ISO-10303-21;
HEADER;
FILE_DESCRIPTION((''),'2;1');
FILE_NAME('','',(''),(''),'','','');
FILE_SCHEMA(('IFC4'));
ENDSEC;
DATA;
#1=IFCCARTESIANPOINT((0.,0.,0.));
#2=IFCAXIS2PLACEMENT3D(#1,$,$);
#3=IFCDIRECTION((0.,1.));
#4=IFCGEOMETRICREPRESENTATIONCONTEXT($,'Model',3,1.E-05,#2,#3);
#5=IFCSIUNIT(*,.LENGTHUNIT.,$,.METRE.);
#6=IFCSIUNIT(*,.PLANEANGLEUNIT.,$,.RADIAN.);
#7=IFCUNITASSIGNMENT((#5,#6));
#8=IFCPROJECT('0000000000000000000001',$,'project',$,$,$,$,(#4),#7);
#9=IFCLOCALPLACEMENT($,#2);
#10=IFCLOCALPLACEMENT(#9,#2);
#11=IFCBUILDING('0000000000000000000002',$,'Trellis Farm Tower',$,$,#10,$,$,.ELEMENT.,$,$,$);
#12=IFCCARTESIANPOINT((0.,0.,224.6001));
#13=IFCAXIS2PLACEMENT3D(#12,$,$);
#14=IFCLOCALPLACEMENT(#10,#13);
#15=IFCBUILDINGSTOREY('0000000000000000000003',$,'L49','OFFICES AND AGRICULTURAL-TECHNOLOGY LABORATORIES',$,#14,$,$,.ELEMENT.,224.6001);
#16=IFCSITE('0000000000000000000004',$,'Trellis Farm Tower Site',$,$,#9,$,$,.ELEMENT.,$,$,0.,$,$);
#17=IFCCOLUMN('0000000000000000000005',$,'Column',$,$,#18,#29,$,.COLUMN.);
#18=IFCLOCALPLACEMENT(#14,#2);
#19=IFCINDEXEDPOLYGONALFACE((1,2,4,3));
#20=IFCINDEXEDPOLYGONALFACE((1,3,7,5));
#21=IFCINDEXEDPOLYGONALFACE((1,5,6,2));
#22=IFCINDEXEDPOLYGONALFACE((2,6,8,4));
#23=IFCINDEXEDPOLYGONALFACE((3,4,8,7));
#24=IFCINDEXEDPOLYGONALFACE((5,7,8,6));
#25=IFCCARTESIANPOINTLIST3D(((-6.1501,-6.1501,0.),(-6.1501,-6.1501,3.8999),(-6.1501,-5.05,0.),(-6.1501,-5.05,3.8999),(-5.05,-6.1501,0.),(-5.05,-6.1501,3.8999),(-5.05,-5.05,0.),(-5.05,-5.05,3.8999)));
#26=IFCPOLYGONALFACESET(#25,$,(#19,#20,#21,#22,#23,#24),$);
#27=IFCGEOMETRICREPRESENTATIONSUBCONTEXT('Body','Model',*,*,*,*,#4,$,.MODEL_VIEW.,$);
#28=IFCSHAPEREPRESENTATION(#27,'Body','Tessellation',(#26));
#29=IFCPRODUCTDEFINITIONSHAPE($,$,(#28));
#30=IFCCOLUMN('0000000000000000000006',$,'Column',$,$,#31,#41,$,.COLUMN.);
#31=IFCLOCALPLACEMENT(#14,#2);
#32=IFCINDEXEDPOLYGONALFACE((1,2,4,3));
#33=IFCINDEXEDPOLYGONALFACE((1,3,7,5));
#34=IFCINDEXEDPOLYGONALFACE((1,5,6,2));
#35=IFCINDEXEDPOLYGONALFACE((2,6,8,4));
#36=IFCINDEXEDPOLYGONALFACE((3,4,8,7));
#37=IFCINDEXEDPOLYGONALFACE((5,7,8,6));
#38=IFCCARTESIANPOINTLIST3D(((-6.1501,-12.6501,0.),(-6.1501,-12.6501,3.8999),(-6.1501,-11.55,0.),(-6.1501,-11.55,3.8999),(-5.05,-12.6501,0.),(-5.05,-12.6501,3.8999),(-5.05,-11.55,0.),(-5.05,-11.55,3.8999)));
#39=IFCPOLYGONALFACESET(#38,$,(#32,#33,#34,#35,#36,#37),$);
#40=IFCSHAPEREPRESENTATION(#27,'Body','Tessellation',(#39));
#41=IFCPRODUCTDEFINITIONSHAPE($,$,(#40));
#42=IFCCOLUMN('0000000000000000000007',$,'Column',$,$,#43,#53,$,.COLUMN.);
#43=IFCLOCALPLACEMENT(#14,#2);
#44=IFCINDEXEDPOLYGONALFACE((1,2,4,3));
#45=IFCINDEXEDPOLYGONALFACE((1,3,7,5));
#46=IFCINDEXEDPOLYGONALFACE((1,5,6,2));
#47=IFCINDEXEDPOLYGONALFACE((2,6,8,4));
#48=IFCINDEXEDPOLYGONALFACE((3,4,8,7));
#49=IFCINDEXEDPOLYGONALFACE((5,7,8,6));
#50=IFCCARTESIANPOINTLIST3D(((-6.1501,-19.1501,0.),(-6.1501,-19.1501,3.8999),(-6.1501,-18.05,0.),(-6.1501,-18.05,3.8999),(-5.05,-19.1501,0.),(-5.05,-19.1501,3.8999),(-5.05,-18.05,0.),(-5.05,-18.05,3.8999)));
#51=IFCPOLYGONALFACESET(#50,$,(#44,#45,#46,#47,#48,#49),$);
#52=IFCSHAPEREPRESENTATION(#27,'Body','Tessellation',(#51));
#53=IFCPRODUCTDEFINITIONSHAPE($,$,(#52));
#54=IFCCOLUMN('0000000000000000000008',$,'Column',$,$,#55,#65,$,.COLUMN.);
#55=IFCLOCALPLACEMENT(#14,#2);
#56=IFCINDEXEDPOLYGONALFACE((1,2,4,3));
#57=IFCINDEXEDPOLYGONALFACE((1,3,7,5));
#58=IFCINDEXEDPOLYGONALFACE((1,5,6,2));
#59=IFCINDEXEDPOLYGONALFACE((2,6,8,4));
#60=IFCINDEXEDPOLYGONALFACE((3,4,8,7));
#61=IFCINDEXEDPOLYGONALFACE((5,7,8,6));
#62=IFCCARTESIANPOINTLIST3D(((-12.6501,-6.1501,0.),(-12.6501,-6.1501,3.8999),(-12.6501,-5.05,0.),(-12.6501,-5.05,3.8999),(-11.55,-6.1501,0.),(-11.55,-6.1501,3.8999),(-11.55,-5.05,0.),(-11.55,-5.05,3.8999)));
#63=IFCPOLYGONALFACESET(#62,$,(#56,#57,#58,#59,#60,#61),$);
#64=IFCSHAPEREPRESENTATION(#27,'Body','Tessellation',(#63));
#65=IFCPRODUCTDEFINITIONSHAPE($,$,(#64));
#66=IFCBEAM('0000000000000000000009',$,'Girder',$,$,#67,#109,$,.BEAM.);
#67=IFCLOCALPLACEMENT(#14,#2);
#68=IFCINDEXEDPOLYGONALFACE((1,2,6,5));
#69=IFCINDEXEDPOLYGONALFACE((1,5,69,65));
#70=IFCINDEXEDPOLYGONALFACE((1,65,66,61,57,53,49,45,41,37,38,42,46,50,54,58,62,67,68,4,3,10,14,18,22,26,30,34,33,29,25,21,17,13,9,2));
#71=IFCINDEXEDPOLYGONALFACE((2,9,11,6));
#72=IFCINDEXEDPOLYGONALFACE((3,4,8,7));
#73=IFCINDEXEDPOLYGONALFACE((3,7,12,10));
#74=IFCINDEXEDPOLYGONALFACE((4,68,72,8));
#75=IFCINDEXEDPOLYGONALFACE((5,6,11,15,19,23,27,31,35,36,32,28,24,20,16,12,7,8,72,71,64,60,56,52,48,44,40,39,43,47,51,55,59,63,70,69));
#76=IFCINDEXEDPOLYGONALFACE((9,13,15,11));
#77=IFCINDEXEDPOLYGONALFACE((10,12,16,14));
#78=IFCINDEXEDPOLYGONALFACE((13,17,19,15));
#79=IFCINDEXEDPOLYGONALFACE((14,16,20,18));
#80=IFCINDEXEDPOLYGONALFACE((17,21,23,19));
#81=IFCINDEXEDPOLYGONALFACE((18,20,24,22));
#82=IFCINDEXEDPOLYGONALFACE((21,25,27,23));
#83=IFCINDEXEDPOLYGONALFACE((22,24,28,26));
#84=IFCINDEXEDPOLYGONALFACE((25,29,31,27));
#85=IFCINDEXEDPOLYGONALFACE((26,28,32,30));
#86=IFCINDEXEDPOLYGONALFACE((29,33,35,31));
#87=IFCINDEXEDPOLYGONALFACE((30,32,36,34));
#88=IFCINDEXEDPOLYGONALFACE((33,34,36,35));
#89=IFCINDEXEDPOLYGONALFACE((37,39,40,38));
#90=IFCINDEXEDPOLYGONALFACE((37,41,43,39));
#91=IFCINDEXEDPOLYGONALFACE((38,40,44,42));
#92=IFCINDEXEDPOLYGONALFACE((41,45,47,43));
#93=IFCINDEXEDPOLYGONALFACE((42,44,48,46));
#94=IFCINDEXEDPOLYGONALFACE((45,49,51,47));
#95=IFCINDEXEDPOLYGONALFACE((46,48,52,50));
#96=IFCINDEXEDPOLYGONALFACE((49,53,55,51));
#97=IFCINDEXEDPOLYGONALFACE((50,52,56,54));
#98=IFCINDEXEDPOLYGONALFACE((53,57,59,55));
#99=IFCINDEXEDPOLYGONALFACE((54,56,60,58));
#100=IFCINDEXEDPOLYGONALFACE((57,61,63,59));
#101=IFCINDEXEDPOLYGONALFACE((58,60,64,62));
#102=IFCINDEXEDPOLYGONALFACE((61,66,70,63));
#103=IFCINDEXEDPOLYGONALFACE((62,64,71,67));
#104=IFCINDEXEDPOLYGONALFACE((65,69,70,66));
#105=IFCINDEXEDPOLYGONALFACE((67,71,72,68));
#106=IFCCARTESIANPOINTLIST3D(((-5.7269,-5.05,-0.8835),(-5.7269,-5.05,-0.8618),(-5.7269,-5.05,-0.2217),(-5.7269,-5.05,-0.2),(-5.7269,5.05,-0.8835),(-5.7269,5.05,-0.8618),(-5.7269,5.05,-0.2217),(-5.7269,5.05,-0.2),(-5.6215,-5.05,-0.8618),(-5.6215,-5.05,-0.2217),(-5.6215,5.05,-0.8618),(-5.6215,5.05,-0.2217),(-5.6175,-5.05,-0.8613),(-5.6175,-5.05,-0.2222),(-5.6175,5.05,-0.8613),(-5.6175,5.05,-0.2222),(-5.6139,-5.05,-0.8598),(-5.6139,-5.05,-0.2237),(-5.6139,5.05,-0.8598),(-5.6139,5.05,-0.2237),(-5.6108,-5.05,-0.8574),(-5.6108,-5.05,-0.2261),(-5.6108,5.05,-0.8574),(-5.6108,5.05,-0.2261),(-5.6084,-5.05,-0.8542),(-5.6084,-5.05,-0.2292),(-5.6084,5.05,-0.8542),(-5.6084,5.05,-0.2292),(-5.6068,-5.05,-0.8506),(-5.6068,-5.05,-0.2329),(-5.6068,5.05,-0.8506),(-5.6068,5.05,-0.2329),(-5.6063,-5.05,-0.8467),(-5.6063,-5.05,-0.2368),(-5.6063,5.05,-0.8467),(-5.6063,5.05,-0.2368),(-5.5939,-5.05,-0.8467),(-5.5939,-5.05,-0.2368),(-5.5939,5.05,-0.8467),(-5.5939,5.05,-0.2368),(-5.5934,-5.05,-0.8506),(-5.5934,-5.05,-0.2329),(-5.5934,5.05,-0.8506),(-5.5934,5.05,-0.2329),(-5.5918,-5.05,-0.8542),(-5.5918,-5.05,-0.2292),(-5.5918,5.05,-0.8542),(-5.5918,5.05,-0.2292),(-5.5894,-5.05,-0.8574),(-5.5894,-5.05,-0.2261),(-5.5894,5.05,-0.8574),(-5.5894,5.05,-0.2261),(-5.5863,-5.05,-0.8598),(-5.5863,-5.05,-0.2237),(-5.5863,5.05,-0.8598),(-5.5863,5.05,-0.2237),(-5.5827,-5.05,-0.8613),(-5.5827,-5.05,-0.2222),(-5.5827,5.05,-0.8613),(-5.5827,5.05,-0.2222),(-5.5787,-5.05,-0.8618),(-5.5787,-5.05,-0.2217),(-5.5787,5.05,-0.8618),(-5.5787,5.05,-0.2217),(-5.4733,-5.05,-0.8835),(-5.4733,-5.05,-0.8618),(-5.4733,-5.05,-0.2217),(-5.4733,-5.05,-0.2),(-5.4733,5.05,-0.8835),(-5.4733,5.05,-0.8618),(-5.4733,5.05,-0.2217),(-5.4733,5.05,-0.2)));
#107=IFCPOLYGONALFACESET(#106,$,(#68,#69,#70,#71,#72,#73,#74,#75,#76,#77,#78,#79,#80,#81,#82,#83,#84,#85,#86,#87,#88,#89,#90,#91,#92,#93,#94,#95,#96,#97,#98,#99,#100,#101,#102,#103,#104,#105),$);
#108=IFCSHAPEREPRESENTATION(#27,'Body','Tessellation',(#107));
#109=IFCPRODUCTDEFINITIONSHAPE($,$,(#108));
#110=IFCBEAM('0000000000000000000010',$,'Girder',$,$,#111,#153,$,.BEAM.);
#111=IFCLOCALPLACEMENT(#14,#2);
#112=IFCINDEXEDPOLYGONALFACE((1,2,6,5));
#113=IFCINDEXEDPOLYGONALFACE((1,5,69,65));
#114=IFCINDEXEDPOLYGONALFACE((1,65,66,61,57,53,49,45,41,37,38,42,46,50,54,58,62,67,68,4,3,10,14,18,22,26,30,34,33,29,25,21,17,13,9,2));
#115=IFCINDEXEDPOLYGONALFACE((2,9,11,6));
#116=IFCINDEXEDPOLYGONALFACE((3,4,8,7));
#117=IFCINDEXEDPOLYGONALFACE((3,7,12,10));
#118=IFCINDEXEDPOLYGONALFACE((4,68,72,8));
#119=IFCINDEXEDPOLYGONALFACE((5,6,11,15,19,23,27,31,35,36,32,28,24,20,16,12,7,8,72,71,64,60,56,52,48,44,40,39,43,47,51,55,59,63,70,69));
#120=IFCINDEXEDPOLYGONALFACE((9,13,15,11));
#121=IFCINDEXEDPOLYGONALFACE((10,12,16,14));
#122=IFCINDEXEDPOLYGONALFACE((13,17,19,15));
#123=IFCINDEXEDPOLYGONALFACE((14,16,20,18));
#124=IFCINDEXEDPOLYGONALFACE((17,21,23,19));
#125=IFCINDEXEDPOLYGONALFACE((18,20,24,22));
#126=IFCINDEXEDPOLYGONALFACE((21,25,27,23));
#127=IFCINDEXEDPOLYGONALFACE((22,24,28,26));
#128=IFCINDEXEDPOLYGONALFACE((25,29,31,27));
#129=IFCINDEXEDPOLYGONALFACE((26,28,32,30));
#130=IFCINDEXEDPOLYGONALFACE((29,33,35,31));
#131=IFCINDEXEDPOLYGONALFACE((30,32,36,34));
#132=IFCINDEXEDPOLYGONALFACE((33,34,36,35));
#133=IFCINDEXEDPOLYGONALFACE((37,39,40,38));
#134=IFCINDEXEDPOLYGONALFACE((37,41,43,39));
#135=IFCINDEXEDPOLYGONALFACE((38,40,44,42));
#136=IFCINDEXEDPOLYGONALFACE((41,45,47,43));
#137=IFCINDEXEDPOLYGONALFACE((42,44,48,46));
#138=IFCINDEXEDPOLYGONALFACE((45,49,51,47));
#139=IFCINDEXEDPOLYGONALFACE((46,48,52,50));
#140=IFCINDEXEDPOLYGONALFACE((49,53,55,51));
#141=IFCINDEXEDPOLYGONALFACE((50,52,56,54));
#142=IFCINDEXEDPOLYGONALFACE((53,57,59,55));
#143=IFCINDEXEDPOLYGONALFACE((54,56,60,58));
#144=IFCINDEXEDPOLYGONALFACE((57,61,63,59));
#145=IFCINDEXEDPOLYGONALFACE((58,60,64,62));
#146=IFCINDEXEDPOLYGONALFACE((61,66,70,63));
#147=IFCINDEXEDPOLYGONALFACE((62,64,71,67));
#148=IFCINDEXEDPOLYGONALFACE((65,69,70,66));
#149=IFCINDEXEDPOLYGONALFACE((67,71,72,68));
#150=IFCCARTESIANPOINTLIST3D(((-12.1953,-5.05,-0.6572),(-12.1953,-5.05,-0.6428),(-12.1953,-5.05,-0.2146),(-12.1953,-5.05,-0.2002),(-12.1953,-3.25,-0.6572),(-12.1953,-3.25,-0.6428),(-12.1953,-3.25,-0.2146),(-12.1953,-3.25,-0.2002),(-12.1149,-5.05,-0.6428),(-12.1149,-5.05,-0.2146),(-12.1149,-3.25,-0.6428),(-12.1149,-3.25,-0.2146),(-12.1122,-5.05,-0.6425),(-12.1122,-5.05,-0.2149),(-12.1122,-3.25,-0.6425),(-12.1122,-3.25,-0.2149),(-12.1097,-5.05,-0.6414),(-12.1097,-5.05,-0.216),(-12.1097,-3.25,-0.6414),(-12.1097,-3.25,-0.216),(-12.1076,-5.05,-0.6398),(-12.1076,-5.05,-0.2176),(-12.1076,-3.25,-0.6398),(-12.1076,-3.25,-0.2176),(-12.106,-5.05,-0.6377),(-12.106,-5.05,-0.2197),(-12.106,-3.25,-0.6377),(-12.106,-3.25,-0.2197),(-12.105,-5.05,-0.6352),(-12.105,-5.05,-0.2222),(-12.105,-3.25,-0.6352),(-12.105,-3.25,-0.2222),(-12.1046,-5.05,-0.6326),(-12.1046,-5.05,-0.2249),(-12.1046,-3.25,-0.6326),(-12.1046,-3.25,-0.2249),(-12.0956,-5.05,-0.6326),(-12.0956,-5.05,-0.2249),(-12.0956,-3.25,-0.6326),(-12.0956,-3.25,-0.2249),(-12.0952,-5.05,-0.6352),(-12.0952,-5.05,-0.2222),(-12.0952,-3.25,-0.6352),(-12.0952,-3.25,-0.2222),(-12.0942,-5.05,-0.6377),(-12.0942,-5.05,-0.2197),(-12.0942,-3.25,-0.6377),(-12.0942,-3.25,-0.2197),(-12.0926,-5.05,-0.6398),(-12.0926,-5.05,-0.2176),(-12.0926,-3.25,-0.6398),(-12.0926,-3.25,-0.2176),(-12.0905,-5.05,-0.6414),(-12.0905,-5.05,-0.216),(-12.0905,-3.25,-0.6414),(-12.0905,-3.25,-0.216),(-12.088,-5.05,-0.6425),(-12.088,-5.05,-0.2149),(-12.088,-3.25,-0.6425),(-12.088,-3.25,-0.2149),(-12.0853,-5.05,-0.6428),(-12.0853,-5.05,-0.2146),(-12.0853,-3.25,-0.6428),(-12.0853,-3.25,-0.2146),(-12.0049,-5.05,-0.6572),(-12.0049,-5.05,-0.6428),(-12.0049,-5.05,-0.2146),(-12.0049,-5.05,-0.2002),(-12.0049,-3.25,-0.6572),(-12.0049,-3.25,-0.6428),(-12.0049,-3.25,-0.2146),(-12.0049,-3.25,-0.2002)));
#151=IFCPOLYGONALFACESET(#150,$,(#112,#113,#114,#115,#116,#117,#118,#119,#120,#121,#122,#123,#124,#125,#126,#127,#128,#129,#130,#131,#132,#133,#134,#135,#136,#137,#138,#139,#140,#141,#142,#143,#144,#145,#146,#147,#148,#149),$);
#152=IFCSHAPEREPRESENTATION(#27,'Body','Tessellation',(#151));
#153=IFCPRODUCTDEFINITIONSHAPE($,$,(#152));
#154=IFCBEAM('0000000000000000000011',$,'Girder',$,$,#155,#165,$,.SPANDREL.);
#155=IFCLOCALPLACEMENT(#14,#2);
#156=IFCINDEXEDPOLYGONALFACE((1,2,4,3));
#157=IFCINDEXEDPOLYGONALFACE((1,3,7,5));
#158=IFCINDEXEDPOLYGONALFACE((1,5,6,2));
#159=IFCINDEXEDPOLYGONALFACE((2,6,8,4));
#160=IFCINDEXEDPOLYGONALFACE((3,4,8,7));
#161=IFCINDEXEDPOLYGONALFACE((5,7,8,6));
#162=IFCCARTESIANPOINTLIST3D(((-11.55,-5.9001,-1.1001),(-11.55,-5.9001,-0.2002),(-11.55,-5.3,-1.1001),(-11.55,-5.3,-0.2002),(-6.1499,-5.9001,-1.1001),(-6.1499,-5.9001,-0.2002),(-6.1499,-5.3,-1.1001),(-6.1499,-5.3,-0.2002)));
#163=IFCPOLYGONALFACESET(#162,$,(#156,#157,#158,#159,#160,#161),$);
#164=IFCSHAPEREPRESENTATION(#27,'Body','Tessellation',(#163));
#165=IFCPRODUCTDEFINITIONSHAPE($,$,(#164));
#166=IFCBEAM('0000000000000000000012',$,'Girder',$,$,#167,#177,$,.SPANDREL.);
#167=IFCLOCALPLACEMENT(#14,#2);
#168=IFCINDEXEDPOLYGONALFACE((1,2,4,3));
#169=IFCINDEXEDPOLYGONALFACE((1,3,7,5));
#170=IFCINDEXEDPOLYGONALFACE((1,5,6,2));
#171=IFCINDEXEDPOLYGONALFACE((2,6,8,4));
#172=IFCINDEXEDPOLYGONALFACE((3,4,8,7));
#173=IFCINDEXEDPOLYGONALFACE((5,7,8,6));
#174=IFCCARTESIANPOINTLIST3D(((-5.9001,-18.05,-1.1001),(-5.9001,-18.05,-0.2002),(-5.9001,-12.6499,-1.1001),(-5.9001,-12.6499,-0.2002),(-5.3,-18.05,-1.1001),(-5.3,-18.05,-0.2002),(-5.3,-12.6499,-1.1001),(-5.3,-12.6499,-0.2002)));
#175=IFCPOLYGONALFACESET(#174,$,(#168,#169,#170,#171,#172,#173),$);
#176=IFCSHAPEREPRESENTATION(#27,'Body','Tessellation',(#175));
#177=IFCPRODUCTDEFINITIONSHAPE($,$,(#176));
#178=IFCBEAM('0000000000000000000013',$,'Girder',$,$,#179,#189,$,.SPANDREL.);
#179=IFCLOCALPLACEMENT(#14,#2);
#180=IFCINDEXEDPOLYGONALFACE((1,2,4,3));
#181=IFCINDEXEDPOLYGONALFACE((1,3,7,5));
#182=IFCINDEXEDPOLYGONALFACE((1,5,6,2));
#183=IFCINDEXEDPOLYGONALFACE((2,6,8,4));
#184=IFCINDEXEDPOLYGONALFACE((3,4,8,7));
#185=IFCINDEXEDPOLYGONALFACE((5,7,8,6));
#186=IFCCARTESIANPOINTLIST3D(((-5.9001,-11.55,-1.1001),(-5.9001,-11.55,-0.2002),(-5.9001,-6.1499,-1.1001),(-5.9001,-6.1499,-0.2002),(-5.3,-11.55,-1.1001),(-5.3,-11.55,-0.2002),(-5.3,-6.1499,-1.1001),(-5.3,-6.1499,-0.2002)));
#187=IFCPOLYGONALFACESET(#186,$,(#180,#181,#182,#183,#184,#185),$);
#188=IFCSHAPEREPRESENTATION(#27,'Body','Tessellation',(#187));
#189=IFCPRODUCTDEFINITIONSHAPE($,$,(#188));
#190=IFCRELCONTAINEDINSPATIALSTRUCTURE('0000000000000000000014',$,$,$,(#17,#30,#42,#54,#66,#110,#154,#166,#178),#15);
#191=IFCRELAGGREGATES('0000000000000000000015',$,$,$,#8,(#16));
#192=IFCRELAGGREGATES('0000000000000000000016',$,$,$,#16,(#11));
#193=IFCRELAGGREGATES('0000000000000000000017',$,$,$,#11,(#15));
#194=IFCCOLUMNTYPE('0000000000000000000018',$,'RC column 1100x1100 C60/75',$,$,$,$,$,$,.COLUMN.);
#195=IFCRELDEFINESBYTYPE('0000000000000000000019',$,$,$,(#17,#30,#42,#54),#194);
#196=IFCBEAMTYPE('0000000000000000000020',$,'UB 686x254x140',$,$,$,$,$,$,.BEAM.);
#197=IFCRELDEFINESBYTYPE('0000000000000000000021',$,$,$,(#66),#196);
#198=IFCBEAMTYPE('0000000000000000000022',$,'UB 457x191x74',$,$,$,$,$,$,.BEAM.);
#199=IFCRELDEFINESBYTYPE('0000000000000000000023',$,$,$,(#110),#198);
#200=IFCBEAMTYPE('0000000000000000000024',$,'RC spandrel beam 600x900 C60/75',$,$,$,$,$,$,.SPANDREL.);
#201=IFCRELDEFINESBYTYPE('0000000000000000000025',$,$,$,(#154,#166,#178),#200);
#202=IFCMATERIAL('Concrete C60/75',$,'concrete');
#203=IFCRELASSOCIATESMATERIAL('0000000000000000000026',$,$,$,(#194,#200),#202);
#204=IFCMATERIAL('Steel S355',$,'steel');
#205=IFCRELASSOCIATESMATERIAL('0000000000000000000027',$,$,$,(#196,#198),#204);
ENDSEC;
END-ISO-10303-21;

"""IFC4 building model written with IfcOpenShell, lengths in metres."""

from ifc_helpers import new_model, si_unit, direction, frame, origin, origin_2d, place, context, subcontext, project, spatial, rectangle, i_section, extrude, source, transform, mapped, material, material_profile, profile_set, type_object, element, save


model = new_model("IFC4")

# Units and contexts
model_context = context("Model", 3, precision=1e-05, world=origin(), true_north=direction((0.0, 1.0)))
body_context = subcontext(model_context, "Body", "Model", "MODEL_VIEW")
ifc_project = project(units=[si_unit("LENGTHUNIT", "METRE"), si_unit("PLANEANGLEUNIT", "RADIAN")], contexts=[model_context])

# Site, building, storey
site_placement = place(None, origin())
site = spatial("IfcSite", under=ifc_project, at=site_placement, Name="Trellis Farm Tower Site", CompositionType="ELEMENT", RefElevation=0.0)
building_placement = place(site_placement, origin())
building = spatial("IfcBuilding", under=site, at=building_placement, Name="Trellis Farm Tower", CompositionType="ELEMENT")
storey_placement = place(building_placement, frame((0.0, 0.0, 224.6001)))
storey = spatial("IfcBuildingStorey", under=building, at=storey_placement, Name="L49", Description="OFFICES AND AGRICULTURAL-TECHNOLOGY LABORATORIES", CompositionType="ELEMENT", Elevation=224.6001)

# Columns
ifc_material_1 = material(Name="Concrete C60/75", Category="concrete")
ifc_material_profile_1 = material_profile(ifc_material_1, rectangle(XDim=1.1001, YDim=1.1001, at=origin_2d()), Name="RC column 1100x1100 C60/75")
ifc_profile_set_1 = profile_set([ifc_material_profile_1], Name="Concrete C60/75")
column_type = type_object("IfcColumnType", Name="RC column 1100x1100 C60/75", PredefinedType="COLUMN", material=ifc_profile_set_1)
shared_shape_1 = source(origin(), body_context, "Body", "SweptSolid", [
    extrude(rectangle(XDim=1.1001, YDim=1.1001, at=origin_2d()), origin(), (0.0, 0.0, 1.0), 3.8999),
])
for number, where, z_axis, x_axis, name in (
    (1, (-5.6001, -5.6001, 0.0), (0.0, 0.0, 1.0), (1.0, 0.0, 0.0), "Column"),
    (2, (-5.6001, -12.1001, 0.0), (0.0, 0.0, 1.0), (1.0, 0.0, 0.0), "Column"),
    (3, (-5.6001, -18.6001, 0.0), (0.0, 0.0, 1.0), (1.0, 0.0, 0.0), "Column"),
    (4, (-12.1001, -5.6001, 0.0), (0.0, 0.0, 1.0), (1.0, 0.0, 0.0), "Column"),
):
    element("IfcColumn", number, at=place(storey_placement, frame(where, z_axis=z_axis, x_axis=x_axis)), inside=storey, type_object=column_type, Name=name, PredefinedType="COLUMN", context=body_context, shape_type="MappedRepresentation", body=[
        mapped(shared_shape_1, transform((0.0, 0.0, 0.0))),
    ])

# Beams
ifc_material_2 = material(Name="Steel S355", Category="steel")
ifc_material_profile_2 = material_profile(ifc_material_2, i_section(OverallWidth=0.2537, OverallDepth=0.6836, WebThickness=0.0125, FlangeThickness=0.0217, FilletRadius=0.0151, at=origin_2d()), Name="UB 686x254x140")
ifc_profile_set_2 = profile_set([ifc_material_profile_2], Name="Steel S355")
beam_type_1 = type_object("IfcBeamType", Name="UB 686x254x140", PredefinedType="BEAM", material=ifc_profile_set_2)
shared_shape_2 = source(origin(), body_context, "Body", "SweptSolid", [
    extrude(i_section(OverallWidth=0.2537, OverallDepth=0.6836, WebThickness=0.0125, FlangeThickness=0.0217, FilletRadius=0.0151, at=origin_2d()), origin(), (0.0, 0.0, 1.0), 10.1001),
])
beam_1_placement = place(storey_placement, frame((-5.6001, -5.05, -0.5417), z_axis=(0.0, 1.0, 0.0), x_axis=(-1.0, 0.0, 0.0)))
element("IfcBeam", 5, at=beam_1_placement, inside=storey, type_object=beam_type_1, Name="Girder", PredefinedType="BEAM", context=body_context, shape_type="MappedRepresentation", body=[
    mapped(shared_shape_2, transform((0.0, 0.0, 0.0))),
])
ifc_material_profile_3 = material_profile(ifc_material_2, i_section(OverallWidth=0.1904, OverallDepth=0.457, WebThickness=0.009, FlangeThickness=0.0144, FilletRadius=0.0103, at=origin_2d()), Name="UB 457x191x74")
ifc_profile_set_3 = profile_set([ifc_material_profile_3], Name="Steel S355")
beam_type_2 = type_object("IfcBeamType", Name="UB 457x191x74", PredefinedType="BEAM", material=ifc_profile_set_3)
shared_shape_3 = source(origin(), body_context, "Body", "SweptSolid", [
    extrude(i_section(OverallWidth=0.1904, OverallDepth=0.457, WebThickness=0.009, FlangeThickness=0.0144, FilletRadius=0.0103, at=origin_2d()), origin(), (0.0, 0.0, 1.0), 1.8),
])
beam_2_placement = place(storey_placement, frame((-12.1001, -5.05, -0.4287), z_axis=(0.0, 1.0, 0.0), x_axis=(-1.0, 0.0, 0.0)))
element("IfcBeam", 6, at=beam_2_placement, inside=storey, type_object=beam_type_2, Name="Girder", PredefinedType="BEAM", context=body_context, shape_type="MappedRepresentation", body=[
    mapped(shared_shape_3, transform((0.0, 0.0, 0.0))),
])
ifc_material_profile_4 = material_profile(ifc_material_1, rectangle(XDim=0.6001, YDim=0.8999, at=origin_2d()), Name="RC spandrel beam 600x900 C60/75")
ifc_profile_set_4 = profile_set([ifc_material_profile_4], Name="Concrete C60/75")
beam_type_3 = type_object("IfcBeamType", Name="RC spandrel beam 600x900 C60/75", PredefinedType="SPANDREL", material=ifc_profile_set_4)
shared_shape_4 = source(origin(), body_context, "Body", "SweptSolid", [
    extrude(rectangle(XDim=0.6001, YDim=0.8999, at=origin_2d()), origin(), (0.0, 0.0, 1.0), 5.4001),
])
for number, where, z_axis, x_axis, name in (
    (7, (-11.55, -5.6001, -0.6501), (1.0, 0.0, 0.0), (0.0, 1.0, 0.0), "Girder"),
    (8, (-5.6001, -18.05, -0.6501), (0.0, 1.0, 0.0), (-1.0, 0.0, 0.0), "Girder"),
    (9, (-5.6001, -11.55, -0.6501), (0.0, 1.0, 0.0), (-1.0, 0.0, 0.0), "Girder"),
):
    element("IfcBeam", number, at=place(storey_placement, frame(where, z_axis=z_axis, x_axis=x_axis)), inside=storey, type_object=beam_type_3, Name=name, PredefinedType="SPANDREL", context=body_context, shape_type="MappedRepresentation", body=[
        mapped(shared_shape_4, transform((0.0, 0.0, 0.0))),
    ])

save(model, "model.ifc")
